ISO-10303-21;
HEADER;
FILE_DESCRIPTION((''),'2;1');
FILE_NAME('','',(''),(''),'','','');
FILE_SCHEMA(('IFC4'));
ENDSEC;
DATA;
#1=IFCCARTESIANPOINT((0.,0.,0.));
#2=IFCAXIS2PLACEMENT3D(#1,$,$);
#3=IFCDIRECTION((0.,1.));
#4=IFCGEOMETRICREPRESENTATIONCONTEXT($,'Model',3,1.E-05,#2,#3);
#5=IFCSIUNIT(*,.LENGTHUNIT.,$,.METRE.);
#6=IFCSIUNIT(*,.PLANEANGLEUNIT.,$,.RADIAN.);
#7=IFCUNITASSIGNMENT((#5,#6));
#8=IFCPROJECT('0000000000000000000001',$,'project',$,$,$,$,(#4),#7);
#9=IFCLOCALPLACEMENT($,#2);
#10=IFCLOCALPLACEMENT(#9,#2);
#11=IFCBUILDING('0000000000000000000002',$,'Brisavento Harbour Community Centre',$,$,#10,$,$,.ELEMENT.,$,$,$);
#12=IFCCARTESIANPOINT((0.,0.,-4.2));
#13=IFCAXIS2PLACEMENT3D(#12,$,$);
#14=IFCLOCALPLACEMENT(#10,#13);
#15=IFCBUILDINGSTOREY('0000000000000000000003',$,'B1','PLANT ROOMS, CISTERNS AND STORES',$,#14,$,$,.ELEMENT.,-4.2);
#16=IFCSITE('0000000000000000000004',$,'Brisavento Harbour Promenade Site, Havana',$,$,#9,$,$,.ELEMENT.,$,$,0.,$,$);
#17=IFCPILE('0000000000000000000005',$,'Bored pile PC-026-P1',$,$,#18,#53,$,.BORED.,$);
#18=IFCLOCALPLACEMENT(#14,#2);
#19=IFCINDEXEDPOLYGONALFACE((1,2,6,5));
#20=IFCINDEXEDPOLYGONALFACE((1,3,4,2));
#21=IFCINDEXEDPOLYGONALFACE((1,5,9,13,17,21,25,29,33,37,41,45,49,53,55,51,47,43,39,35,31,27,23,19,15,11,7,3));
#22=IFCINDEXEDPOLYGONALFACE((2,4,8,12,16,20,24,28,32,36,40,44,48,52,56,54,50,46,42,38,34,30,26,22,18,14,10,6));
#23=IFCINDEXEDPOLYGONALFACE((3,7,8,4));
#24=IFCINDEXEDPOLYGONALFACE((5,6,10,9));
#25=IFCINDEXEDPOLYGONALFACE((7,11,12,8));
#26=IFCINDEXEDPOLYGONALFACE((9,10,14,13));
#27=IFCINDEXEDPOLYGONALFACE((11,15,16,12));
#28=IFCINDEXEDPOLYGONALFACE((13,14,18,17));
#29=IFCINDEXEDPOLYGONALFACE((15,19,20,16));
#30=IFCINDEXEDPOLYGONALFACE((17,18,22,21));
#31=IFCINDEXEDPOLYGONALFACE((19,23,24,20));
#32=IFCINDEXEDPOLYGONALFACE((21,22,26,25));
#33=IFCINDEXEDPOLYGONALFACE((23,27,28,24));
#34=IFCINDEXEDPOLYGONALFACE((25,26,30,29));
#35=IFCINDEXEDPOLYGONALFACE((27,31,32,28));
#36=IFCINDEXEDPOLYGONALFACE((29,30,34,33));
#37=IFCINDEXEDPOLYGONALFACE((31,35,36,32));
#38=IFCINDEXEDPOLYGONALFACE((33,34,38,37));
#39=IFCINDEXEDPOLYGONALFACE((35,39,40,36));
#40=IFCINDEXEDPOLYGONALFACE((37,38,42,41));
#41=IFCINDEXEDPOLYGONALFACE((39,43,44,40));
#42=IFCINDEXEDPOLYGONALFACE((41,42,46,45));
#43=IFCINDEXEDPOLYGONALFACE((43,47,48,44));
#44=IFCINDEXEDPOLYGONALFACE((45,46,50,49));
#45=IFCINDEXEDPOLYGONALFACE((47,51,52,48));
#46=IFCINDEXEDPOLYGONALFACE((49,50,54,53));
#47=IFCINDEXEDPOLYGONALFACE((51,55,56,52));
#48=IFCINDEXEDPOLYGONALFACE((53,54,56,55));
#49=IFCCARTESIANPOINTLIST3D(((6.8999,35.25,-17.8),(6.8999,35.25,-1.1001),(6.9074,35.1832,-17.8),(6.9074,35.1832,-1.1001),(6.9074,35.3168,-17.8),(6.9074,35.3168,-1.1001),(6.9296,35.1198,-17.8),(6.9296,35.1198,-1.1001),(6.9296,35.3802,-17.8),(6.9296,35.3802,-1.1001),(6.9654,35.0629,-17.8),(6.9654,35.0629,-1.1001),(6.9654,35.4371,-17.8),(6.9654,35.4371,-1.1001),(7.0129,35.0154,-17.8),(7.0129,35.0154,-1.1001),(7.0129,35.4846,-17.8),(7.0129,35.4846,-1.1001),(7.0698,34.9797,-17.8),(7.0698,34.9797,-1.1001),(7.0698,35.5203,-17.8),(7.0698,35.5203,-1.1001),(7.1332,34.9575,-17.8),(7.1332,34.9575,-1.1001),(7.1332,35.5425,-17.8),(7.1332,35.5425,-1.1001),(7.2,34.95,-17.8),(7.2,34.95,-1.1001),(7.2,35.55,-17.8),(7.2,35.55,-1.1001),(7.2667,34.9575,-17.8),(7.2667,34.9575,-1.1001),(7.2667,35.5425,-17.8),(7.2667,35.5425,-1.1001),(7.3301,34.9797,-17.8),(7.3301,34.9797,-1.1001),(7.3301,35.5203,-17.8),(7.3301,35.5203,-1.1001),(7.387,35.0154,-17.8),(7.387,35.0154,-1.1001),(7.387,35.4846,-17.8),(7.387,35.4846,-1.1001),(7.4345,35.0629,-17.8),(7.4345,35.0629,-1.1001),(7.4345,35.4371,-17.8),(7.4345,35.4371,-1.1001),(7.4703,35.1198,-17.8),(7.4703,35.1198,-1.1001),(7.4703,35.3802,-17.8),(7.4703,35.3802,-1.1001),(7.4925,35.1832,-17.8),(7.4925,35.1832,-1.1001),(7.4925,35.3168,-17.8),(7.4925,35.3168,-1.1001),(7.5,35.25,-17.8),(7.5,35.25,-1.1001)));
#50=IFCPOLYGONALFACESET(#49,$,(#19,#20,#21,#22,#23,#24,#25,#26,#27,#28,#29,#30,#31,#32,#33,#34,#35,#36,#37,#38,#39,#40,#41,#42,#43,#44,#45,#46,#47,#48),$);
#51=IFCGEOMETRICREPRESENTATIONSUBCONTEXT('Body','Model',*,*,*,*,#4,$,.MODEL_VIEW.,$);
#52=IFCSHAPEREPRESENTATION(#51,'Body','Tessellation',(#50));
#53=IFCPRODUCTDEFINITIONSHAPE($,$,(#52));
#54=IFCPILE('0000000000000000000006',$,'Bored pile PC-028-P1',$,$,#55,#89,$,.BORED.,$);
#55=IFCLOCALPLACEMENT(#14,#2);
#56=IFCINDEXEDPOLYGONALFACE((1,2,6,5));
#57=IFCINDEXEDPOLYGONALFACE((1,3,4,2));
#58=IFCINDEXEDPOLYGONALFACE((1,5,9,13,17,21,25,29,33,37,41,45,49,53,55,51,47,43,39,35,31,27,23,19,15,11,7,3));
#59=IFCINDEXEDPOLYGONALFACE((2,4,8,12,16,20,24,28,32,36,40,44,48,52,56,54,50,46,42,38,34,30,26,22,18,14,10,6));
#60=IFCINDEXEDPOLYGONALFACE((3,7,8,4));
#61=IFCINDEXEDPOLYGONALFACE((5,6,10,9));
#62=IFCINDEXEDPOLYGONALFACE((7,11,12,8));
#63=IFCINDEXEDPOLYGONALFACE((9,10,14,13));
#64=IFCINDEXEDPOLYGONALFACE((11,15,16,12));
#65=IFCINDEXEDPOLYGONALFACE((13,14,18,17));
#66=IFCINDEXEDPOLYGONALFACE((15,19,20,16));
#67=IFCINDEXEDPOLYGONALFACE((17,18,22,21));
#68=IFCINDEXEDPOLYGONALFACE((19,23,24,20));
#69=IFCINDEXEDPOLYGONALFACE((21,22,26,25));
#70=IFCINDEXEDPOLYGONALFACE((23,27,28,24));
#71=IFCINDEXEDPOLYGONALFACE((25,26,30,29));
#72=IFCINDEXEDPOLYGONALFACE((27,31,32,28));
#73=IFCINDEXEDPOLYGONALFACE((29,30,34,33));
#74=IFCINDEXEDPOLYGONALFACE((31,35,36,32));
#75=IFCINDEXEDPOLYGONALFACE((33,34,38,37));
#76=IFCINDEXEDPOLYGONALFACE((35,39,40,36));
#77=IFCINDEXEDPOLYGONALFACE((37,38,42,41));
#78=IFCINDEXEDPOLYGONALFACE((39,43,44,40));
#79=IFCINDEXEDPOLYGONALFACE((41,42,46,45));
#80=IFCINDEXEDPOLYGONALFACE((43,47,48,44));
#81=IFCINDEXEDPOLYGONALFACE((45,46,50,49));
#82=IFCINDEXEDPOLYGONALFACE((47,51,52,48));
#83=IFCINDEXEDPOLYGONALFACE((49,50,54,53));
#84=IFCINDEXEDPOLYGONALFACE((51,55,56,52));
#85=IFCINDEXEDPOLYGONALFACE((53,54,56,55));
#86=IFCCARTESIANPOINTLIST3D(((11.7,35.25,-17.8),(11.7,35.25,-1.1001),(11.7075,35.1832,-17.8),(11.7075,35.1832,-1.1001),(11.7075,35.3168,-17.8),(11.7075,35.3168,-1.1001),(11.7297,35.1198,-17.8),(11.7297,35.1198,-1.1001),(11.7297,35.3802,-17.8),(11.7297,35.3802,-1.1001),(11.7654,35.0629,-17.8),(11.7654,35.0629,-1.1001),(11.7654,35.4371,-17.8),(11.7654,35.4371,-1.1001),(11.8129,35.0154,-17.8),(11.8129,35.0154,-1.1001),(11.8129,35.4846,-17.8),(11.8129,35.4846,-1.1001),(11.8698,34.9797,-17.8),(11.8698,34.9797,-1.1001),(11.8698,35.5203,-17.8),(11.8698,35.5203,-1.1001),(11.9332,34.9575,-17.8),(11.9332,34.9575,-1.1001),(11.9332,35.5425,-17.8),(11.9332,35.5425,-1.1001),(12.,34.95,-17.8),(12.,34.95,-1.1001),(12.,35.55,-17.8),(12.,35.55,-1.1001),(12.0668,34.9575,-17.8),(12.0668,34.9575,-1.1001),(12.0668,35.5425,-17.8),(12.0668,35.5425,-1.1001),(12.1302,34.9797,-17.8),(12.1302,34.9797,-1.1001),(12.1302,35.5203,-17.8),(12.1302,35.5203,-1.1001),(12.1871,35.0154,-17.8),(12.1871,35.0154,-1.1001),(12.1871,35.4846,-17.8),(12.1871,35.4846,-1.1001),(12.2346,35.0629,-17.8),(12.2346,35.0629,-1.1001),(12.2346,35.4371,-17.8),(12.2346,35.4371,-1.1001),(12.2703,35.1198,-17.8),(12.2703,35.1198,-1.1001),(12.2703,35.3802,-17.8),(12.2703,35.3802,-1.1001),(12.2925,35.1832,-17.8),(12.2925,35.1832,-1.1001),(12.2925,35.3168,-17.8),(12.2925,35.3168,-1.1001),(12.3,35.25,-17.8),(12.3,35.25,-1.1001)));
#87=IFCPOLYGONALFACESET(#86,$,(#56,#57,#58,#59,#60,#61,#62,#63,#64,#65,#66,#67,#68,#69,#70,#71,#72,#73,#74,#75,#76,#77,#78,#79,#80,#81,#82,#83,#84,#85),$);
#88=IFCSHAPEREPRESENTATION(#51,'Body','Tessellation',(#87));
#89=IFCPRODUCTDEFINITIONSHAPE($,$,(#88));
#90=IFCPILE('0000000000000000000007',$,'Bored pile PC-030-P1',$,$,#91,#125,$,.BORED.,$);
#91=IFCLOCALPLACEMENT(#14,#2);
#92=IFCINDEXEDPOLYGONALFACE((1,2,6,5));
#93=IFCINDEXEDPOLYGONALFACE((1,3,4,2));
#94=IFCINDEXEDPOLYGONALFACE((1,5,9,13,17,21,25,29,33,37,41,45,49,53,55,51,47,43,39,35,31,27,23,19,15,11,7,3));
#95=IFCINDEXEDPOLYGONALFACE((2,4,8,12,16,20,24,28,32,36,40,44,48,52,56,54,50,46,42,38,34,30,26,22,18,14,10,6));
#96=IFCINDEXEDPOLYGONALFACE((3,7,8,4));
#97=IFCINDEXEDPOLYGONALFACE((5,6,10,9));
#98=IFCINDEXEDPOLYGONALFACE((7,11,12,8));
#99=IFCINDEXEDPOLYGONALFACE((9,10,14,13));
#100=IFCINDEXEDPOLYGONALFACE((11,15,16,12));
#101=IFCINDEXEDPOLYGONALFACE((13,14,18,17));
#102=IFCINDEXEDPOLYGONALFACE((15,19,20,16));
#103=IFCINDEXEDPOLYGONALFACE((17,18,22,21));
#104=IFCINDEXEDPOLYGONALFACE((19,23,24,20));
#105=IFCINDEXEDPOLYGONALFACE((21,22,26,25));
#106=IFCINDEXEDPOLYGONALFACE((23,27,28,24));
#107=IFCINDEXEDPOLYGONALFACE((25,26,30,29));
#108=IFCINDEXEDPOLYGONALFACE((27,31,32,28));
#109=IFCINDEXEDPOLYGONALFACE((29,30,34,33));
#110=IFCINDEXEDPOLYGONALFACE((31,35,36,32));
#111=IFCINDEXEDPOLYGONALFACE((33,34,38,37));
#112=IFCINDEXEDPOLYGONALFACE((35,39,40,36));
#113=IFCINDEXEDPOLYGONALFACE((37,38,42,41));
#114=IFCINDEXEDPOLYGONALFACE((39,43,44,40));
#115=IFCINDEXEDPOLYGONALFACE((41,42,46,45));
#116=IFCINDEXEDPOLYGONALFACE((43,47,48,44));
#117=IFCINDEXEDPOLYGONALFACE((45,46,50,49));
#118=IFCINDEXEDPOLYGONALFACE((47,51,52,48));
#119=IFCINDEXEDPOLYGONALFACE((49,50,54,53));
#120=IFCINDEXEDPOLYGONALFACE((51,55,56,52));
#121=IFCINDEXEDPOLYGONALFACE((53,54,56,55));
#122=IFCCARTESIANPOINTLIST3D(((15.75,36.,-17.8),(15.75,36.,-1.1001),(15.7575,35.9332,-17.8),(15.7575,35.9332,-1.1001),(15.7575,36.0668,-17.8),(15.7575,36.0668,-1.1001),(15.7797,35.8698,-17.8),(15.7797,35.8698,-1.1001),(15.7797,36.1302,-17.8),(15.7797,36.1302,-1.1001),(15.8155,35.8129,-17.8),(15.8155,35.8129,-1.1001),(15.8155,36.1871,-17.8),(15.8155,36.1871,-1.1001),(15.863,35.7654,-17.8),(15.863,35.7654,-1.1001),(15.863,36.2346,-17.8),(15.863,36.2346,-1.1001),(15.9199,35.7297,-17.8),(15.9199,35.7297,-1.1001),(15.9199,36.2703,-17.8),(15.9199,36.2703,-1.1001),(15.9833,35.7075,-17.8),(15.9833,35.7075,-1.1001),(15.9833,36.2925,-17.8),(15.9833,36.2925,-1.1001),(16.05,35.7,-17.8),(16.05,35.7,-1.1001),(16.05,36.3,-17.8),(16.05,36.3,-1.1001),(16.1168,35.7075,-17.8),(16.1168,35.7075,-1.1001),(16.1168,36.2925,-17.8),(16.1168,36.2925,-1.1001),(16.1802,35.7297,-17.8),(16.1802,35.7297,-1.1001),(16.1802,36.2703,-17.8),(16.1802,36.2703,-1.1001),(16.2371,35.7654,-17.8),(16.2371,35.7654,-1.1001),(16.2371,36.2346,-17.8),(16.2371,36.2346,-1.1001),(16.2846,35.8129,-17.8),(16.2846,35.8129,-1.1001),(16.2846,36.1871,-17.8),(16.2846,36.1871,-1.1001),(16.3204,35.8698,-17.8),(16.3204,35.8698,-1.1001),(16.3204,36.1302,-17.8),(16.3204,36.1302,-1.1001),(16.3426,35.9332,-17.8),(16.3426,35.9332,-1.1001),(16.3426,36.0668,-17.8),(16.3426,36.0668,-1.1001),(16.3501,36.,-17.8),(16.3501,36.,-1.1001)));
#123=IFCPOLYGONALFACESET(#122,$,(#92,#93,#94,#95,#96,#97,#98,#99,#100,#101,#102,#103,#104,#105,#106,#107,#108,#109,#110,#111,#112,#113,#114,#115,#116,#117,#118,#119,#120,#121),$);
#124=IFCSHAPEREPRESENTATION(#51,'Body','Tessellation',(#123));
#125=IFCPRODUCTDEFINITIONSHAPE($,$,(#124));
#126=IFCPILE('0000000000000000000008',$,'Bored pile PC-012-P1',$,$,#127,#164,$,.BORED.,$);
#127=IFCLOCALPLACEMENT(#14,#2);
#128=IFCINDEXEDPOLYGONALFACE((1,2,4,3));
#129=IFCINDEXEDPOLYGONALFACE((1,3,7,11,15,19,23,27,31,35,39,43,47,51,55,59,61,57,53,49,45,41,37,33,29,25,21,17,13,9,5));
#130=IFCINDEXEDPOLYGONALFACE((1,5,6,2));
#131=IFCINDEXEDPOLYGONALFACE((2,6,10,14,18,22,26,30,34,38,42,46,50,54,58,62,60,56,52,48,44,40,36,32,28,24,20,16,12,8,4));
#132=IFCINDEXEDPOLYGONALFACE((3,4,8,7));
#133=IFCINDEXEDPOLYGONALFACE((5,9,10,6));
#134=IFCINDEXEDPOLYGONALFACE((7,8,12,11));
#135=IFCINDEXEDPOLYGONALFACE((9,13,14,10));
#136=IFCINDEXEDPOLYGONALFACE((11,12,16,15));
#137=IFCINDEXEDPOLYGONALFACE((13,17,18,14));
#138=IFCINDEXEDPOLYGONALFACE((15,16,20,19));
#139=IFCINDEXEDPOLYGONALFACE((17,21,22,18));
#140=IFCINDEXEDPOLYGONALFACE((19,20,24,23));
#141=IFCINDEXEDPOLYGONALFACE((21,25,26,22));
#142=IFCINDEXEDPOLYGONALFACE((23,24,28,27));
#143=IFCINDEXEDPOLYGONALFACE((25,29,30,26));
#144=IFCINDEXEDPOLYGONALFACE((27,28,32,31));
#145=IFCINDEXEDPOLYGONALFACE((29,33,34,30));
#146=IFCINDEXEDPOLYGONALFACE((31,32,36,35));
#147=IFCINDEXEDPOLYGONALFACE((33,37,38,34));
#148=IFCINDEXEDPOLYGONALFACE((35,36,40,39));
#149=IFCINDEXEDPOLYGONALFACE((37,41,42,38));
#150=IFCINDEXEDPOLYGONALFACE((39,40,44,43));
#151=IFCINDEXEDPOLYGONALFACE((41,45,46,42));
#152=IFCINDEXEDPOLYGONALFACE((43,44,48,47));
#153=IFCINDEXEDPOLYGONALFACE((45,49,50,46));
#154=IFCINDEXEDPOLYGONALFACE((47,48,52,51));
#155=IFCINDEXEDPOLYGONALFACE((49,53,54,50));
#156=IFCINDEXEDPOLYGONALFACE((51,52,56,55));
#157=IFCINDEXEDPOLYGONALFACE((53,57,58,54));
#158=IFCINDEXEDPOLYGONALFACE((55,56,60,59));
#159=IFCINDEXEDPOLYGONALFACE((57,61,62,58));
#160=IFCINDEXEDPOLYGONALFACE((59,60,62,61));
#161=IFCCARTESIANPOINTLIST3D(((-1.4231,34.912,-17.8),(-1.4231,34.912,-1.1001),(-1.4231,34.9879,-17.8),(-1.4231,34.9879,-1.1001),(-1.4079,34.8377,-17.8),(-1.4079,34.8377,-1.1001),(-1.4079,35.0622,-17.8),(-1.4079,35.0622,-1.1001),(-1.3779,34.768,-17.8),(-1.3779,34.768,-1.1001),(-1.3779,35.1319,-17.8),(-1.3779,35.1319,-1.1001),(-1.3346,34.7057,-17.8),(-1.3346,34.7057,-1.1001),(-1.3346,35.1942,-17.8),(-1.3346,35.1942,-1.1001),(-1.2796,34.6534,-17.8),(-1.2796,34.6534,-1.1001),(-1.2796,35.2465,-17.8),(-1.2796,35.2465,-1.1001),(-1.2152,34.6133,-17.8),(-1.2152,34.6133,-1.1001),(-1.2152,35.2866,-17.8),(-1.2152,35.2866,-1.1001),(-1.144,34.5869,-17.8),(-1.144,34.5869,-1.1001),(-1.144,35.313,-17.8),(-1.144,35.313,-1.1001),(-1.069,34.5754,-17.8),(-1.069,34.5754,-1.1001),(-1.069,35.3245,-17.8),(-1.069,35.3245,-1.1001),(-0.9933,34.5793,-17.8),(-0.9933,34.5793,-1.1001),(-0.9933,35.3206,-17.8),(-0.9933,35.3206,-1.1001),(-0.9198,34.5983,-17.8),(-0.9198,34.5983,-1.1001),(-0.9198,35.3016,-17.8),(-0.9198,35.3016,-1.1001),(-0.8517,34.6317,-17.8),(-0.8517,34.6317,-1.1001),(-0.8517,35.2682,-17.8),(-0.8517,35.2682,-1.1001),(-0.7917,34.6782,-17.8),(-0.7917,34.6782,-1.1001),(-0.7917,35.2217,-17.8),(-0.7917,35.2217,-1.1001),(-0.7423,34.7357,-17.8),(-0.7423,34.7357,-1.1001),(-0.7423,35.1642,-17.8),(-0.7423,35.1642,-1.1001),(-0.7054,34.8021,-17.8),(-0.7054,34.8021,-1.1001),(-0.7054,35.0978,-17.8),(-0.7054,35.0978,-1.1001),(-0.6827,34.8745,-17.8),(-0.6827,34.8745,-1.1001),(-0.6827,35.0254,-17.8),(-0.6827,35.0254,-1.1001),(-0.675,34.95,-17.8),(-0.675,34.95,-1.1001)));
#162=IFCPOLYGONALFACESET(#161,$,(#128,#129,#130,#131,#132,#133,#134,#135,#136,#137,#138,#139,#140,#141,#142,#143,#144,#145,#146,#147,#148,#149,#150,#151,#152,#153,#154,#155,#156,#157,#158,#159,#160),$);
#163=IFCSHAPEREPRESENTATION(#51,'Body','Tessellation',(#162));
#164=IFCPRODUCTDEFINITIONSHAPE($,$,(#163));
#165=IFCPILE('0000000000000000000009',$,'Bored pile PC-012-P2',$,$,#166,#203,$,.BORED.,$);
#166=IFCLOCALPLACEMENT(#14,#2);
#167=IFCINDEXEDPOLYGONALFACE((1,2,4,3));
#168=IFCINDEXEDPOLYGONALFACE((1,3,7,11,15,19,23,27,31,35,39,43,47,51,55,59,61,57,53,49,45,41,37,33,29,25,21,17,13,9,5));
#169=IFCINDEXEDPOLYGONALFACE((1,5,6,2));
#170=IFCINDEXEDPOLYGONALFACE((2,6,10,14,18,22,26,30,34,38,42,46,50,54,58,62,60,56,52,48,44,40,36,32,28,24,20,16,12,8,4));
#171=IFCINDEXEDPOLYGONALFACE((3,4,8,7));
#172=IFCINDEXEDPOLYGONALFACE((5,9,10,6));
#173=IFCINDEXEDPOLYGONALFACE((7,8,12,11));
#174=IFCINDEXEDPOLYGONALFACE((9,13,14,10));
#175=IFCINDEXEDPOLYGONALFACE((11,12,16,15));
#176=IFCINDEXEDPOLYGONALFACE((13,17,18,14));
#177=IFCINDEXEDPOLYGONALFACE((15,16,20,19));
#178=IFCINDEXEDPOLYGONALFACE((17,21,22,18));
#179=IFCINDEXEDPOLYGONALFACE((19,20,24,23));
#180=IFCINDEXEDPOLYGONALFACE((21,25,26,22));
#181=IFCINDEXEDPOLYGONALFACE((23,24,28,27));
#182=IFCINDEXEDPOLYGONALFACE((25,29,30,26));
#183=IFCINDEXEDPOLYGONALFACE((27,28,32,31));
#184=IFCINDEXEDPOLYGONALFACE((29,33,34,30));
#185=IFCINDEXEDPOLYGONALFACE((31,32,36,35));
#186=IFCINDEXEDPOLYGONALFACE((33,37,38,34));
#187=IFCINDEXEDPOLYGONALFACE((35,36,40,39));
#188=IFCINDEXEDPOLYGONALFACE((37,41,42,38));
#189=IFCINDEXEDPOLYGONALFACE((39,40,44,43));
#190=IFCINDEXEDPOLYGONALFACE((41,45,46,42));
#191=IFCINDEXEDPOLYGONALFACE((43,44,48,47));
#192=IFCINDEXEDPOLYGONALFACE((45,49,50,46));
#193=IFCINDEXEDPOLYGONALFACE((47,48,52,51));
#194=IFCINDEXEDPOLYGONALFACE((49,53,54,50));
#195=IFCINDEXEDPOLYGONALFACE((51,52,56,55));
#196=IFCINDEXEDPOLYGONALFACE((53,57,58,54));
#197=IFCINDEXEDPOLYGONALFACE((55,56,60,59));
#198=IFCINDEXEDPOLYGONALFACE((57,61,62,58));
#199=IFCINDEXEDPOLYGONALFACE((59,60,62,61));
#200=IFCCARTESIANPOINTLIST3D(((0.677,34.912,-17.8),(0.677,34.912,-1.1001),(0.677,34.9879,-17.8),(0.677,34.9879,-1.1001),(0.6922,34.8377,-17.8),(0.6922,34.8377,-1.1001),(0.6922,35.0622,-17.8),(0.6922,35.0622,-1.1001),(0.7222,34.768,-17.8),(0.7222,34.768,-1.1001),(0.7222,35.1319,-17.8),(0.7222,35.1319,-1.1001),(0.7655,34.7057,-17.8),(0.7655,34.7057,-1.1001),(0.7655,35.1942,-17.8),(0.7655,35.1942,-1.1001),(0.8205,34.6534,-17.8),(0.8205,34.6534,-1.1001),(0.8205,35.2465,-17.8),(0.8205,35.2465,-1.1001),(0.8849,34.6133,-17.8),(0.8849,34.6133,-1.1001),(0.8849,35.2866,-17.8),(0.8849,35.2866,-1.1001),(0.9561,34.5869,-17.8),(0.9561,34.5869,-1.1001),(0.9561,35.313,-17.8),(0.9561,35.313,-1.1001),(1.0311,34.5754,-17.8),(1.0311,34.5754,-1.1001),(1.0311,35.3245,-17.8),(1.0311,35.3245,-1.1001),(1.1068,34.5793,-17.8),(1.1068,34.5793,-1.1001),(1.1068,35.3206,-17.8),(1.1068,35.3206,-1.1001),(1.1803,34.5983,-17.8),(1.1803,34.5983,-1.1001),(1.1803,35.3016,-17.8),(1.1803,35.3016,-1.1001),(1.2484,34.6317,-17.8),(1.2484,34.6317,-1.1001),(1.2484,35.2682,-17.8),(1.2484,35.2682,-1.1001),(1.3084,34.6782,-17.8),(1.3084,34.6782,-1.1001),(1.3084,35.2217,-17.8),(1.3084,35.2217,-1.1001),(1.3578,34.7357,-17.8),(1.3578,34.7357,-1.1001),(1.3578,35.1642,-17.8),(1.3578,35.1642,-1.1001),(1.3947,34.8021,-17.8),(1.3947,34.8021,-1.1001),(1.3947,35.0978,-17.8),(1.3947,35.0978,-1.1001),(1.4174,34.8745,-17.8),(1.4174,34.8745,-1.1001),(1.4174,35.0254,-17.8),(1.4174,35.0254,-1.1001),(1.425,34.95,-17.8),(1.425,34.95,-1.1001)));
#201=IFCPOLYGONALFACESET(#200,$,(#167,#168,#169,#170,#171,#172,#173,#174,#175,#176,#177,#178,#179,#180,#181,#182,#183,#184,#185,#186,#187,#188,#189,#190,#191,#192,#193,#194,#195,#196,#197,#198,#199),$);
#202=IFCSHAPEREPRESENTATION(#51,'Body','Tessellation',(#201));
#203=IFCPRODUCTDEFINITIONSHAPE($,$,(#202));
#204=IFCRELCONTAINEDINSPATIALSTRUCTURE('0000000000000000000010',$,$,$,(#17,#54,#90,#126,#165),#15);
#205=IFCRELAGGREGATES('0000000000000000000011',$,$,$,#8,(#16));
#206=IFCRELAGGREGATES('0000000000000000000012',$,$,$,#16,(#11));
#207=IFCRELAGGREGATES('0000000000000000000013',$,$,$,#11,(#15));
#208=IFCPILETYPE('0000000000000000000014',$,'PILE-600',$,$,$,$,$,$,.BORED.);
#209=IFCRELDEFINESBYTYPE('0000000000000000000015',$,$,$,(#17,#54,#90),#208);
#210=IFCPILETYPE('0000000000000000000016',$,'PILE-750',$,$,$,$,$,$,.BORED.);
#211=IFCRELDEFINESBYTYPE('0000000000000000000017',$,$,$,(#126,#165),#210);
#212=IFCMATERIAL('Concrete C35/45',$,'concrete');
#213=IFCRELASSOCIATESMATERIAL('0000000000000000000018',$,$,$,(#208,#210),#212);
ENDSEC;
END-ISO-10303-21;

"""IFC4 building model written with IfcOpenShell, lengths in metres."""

from ifc_helpers import new_model, si_unit, direction, frame, origin, origin_2d, place, context, subcontext, project, spatial, circle, extrude, material, material_profile, profile_set, type_object, element, save


model = new_model("IFC4")

# Units and contexts
model_context = context("Model", 3, precision=1e-05, world=origin(), true_north=direction((0.0, 1.0)))
body_context = subcontext(model_context, "Body", "Model", "MODEL_VIEW")
ifc_project = project(units=[si_unit("LENGTHUNIT", "METRE"), si_unit("PLANEANGLEUNIT", "RADIAN")], contexts=[model_context])

# Site, building, storey
site_placement = place(None, origin())
site = spatial("IfcSite", under=ifc_project, at=site_placement, Name="Brisavento Harbour Promenade Site, Havana", CompositionType="ELEMENT", RefElevation=0.0)
building_placement = place(site_placement, origin())
building = spatial("IfcBuilding", under=site, at=building_placement, Name="Brisavento Harbour Community Centre", CompositionType="ELEMENT")
storey_placement = place(building_placement, frame((0.0, 0.0, -4.2)))
storey = spatial("IfcBuildingStorey", under=building, at=storey_placement, Name="B1", Description="PLANT ROOMS, CISTERNS AND STORES", CompositionType="ELEMENT", Elevation=-4.2)

# Shared definitions
ifc_material_1 = material(Name="Concrete C35/45", Category="concrete")

# Piles
ifc_material_profile_1 = material_profile(ifc_material_1, circle(Radius=0.3, at=origin_2d()), Name="Concrete C35/45")
ifc_profile_set_1 = profile_set([ifc_material_profile_1], Name="Concrete C35/45")
pile_type_1 = type_object("IfcPileType", Name="PILE-600", PredefinedType="BORED", material=ifc_profile_set_1)
for number, where, z_axis, x_axis, name in (
    (1, (7.2, 35.25, -1.1001), (0.0, 0.0, -1.0), (1.0, 0.0, 0.0), "Bored pile PC-026-P1"),
    (2, (12.0, 35.25, -1.1001), (0.0, 0.0, -1.0), (1.0, 0.0, 0.0), "Bored pile PC-028-P1"),
    (3, (16.05, 36.0, -1.1001), (0.0, 0.0, -1.0), (1.0, 0.0, 0.0), "Bored pile PC-030-P1"),
):
    element("IfcPile", number, at=place(storey_placement, frame(where, z_axis=z_axis, x_axis=x_axis)), inside=storey, type_object=pile_type_1, Name=name, PredefinedType="BORED", context=body_context, shape_type="SweptSolid", body=[
        extrude(circle(Radius=0.3, at=origin_2d()), origin(), (0.0, 0.0, 1.0), 16.7),
    ])
ifc_material_profile_2 = material_profile(ifc_material_1, circle(Radius=0.375, at=origin_2d()), Name="Concrete C35/45")
ifc_profile_set_2 = profile_set([ifc_material_profile_2], Name="Concrete C35/45")
pile_type_2 = type_object("IfcPileType", Name="PILE-750", PredefinedType="BORED", material=ifc_profile_set_2)
for number, where, z_axis, x_axis, name in (
    (4, (-1.05, 34.95, -1.1001), (0.0, 0.0, -1.0), (1.0, 0.0, 0.0), "Bored pile PC-012-P1"),
    (5, (1.05, 34.95, -1.1001), (0.0, 0.0, -1.0), (1.0, 0.0, 0.0), "Bored pile PC-012-P2"),
):
    element("IfcPile", number, at=place(storey_placement, frame(where, z_axis=z_axis, x_axis=x_axis)), inside=storey, type_object=pile_type_2, Name=name, PredefinedType="BORED", context=body_context, shape_type="SweptSolid", body=[
        extrude(circle(Radius=0.375, at=origin_2d()), origin(), (0.0, 0.0, 1.0), 16.7),
    ])

save(model, "model.ifc")
